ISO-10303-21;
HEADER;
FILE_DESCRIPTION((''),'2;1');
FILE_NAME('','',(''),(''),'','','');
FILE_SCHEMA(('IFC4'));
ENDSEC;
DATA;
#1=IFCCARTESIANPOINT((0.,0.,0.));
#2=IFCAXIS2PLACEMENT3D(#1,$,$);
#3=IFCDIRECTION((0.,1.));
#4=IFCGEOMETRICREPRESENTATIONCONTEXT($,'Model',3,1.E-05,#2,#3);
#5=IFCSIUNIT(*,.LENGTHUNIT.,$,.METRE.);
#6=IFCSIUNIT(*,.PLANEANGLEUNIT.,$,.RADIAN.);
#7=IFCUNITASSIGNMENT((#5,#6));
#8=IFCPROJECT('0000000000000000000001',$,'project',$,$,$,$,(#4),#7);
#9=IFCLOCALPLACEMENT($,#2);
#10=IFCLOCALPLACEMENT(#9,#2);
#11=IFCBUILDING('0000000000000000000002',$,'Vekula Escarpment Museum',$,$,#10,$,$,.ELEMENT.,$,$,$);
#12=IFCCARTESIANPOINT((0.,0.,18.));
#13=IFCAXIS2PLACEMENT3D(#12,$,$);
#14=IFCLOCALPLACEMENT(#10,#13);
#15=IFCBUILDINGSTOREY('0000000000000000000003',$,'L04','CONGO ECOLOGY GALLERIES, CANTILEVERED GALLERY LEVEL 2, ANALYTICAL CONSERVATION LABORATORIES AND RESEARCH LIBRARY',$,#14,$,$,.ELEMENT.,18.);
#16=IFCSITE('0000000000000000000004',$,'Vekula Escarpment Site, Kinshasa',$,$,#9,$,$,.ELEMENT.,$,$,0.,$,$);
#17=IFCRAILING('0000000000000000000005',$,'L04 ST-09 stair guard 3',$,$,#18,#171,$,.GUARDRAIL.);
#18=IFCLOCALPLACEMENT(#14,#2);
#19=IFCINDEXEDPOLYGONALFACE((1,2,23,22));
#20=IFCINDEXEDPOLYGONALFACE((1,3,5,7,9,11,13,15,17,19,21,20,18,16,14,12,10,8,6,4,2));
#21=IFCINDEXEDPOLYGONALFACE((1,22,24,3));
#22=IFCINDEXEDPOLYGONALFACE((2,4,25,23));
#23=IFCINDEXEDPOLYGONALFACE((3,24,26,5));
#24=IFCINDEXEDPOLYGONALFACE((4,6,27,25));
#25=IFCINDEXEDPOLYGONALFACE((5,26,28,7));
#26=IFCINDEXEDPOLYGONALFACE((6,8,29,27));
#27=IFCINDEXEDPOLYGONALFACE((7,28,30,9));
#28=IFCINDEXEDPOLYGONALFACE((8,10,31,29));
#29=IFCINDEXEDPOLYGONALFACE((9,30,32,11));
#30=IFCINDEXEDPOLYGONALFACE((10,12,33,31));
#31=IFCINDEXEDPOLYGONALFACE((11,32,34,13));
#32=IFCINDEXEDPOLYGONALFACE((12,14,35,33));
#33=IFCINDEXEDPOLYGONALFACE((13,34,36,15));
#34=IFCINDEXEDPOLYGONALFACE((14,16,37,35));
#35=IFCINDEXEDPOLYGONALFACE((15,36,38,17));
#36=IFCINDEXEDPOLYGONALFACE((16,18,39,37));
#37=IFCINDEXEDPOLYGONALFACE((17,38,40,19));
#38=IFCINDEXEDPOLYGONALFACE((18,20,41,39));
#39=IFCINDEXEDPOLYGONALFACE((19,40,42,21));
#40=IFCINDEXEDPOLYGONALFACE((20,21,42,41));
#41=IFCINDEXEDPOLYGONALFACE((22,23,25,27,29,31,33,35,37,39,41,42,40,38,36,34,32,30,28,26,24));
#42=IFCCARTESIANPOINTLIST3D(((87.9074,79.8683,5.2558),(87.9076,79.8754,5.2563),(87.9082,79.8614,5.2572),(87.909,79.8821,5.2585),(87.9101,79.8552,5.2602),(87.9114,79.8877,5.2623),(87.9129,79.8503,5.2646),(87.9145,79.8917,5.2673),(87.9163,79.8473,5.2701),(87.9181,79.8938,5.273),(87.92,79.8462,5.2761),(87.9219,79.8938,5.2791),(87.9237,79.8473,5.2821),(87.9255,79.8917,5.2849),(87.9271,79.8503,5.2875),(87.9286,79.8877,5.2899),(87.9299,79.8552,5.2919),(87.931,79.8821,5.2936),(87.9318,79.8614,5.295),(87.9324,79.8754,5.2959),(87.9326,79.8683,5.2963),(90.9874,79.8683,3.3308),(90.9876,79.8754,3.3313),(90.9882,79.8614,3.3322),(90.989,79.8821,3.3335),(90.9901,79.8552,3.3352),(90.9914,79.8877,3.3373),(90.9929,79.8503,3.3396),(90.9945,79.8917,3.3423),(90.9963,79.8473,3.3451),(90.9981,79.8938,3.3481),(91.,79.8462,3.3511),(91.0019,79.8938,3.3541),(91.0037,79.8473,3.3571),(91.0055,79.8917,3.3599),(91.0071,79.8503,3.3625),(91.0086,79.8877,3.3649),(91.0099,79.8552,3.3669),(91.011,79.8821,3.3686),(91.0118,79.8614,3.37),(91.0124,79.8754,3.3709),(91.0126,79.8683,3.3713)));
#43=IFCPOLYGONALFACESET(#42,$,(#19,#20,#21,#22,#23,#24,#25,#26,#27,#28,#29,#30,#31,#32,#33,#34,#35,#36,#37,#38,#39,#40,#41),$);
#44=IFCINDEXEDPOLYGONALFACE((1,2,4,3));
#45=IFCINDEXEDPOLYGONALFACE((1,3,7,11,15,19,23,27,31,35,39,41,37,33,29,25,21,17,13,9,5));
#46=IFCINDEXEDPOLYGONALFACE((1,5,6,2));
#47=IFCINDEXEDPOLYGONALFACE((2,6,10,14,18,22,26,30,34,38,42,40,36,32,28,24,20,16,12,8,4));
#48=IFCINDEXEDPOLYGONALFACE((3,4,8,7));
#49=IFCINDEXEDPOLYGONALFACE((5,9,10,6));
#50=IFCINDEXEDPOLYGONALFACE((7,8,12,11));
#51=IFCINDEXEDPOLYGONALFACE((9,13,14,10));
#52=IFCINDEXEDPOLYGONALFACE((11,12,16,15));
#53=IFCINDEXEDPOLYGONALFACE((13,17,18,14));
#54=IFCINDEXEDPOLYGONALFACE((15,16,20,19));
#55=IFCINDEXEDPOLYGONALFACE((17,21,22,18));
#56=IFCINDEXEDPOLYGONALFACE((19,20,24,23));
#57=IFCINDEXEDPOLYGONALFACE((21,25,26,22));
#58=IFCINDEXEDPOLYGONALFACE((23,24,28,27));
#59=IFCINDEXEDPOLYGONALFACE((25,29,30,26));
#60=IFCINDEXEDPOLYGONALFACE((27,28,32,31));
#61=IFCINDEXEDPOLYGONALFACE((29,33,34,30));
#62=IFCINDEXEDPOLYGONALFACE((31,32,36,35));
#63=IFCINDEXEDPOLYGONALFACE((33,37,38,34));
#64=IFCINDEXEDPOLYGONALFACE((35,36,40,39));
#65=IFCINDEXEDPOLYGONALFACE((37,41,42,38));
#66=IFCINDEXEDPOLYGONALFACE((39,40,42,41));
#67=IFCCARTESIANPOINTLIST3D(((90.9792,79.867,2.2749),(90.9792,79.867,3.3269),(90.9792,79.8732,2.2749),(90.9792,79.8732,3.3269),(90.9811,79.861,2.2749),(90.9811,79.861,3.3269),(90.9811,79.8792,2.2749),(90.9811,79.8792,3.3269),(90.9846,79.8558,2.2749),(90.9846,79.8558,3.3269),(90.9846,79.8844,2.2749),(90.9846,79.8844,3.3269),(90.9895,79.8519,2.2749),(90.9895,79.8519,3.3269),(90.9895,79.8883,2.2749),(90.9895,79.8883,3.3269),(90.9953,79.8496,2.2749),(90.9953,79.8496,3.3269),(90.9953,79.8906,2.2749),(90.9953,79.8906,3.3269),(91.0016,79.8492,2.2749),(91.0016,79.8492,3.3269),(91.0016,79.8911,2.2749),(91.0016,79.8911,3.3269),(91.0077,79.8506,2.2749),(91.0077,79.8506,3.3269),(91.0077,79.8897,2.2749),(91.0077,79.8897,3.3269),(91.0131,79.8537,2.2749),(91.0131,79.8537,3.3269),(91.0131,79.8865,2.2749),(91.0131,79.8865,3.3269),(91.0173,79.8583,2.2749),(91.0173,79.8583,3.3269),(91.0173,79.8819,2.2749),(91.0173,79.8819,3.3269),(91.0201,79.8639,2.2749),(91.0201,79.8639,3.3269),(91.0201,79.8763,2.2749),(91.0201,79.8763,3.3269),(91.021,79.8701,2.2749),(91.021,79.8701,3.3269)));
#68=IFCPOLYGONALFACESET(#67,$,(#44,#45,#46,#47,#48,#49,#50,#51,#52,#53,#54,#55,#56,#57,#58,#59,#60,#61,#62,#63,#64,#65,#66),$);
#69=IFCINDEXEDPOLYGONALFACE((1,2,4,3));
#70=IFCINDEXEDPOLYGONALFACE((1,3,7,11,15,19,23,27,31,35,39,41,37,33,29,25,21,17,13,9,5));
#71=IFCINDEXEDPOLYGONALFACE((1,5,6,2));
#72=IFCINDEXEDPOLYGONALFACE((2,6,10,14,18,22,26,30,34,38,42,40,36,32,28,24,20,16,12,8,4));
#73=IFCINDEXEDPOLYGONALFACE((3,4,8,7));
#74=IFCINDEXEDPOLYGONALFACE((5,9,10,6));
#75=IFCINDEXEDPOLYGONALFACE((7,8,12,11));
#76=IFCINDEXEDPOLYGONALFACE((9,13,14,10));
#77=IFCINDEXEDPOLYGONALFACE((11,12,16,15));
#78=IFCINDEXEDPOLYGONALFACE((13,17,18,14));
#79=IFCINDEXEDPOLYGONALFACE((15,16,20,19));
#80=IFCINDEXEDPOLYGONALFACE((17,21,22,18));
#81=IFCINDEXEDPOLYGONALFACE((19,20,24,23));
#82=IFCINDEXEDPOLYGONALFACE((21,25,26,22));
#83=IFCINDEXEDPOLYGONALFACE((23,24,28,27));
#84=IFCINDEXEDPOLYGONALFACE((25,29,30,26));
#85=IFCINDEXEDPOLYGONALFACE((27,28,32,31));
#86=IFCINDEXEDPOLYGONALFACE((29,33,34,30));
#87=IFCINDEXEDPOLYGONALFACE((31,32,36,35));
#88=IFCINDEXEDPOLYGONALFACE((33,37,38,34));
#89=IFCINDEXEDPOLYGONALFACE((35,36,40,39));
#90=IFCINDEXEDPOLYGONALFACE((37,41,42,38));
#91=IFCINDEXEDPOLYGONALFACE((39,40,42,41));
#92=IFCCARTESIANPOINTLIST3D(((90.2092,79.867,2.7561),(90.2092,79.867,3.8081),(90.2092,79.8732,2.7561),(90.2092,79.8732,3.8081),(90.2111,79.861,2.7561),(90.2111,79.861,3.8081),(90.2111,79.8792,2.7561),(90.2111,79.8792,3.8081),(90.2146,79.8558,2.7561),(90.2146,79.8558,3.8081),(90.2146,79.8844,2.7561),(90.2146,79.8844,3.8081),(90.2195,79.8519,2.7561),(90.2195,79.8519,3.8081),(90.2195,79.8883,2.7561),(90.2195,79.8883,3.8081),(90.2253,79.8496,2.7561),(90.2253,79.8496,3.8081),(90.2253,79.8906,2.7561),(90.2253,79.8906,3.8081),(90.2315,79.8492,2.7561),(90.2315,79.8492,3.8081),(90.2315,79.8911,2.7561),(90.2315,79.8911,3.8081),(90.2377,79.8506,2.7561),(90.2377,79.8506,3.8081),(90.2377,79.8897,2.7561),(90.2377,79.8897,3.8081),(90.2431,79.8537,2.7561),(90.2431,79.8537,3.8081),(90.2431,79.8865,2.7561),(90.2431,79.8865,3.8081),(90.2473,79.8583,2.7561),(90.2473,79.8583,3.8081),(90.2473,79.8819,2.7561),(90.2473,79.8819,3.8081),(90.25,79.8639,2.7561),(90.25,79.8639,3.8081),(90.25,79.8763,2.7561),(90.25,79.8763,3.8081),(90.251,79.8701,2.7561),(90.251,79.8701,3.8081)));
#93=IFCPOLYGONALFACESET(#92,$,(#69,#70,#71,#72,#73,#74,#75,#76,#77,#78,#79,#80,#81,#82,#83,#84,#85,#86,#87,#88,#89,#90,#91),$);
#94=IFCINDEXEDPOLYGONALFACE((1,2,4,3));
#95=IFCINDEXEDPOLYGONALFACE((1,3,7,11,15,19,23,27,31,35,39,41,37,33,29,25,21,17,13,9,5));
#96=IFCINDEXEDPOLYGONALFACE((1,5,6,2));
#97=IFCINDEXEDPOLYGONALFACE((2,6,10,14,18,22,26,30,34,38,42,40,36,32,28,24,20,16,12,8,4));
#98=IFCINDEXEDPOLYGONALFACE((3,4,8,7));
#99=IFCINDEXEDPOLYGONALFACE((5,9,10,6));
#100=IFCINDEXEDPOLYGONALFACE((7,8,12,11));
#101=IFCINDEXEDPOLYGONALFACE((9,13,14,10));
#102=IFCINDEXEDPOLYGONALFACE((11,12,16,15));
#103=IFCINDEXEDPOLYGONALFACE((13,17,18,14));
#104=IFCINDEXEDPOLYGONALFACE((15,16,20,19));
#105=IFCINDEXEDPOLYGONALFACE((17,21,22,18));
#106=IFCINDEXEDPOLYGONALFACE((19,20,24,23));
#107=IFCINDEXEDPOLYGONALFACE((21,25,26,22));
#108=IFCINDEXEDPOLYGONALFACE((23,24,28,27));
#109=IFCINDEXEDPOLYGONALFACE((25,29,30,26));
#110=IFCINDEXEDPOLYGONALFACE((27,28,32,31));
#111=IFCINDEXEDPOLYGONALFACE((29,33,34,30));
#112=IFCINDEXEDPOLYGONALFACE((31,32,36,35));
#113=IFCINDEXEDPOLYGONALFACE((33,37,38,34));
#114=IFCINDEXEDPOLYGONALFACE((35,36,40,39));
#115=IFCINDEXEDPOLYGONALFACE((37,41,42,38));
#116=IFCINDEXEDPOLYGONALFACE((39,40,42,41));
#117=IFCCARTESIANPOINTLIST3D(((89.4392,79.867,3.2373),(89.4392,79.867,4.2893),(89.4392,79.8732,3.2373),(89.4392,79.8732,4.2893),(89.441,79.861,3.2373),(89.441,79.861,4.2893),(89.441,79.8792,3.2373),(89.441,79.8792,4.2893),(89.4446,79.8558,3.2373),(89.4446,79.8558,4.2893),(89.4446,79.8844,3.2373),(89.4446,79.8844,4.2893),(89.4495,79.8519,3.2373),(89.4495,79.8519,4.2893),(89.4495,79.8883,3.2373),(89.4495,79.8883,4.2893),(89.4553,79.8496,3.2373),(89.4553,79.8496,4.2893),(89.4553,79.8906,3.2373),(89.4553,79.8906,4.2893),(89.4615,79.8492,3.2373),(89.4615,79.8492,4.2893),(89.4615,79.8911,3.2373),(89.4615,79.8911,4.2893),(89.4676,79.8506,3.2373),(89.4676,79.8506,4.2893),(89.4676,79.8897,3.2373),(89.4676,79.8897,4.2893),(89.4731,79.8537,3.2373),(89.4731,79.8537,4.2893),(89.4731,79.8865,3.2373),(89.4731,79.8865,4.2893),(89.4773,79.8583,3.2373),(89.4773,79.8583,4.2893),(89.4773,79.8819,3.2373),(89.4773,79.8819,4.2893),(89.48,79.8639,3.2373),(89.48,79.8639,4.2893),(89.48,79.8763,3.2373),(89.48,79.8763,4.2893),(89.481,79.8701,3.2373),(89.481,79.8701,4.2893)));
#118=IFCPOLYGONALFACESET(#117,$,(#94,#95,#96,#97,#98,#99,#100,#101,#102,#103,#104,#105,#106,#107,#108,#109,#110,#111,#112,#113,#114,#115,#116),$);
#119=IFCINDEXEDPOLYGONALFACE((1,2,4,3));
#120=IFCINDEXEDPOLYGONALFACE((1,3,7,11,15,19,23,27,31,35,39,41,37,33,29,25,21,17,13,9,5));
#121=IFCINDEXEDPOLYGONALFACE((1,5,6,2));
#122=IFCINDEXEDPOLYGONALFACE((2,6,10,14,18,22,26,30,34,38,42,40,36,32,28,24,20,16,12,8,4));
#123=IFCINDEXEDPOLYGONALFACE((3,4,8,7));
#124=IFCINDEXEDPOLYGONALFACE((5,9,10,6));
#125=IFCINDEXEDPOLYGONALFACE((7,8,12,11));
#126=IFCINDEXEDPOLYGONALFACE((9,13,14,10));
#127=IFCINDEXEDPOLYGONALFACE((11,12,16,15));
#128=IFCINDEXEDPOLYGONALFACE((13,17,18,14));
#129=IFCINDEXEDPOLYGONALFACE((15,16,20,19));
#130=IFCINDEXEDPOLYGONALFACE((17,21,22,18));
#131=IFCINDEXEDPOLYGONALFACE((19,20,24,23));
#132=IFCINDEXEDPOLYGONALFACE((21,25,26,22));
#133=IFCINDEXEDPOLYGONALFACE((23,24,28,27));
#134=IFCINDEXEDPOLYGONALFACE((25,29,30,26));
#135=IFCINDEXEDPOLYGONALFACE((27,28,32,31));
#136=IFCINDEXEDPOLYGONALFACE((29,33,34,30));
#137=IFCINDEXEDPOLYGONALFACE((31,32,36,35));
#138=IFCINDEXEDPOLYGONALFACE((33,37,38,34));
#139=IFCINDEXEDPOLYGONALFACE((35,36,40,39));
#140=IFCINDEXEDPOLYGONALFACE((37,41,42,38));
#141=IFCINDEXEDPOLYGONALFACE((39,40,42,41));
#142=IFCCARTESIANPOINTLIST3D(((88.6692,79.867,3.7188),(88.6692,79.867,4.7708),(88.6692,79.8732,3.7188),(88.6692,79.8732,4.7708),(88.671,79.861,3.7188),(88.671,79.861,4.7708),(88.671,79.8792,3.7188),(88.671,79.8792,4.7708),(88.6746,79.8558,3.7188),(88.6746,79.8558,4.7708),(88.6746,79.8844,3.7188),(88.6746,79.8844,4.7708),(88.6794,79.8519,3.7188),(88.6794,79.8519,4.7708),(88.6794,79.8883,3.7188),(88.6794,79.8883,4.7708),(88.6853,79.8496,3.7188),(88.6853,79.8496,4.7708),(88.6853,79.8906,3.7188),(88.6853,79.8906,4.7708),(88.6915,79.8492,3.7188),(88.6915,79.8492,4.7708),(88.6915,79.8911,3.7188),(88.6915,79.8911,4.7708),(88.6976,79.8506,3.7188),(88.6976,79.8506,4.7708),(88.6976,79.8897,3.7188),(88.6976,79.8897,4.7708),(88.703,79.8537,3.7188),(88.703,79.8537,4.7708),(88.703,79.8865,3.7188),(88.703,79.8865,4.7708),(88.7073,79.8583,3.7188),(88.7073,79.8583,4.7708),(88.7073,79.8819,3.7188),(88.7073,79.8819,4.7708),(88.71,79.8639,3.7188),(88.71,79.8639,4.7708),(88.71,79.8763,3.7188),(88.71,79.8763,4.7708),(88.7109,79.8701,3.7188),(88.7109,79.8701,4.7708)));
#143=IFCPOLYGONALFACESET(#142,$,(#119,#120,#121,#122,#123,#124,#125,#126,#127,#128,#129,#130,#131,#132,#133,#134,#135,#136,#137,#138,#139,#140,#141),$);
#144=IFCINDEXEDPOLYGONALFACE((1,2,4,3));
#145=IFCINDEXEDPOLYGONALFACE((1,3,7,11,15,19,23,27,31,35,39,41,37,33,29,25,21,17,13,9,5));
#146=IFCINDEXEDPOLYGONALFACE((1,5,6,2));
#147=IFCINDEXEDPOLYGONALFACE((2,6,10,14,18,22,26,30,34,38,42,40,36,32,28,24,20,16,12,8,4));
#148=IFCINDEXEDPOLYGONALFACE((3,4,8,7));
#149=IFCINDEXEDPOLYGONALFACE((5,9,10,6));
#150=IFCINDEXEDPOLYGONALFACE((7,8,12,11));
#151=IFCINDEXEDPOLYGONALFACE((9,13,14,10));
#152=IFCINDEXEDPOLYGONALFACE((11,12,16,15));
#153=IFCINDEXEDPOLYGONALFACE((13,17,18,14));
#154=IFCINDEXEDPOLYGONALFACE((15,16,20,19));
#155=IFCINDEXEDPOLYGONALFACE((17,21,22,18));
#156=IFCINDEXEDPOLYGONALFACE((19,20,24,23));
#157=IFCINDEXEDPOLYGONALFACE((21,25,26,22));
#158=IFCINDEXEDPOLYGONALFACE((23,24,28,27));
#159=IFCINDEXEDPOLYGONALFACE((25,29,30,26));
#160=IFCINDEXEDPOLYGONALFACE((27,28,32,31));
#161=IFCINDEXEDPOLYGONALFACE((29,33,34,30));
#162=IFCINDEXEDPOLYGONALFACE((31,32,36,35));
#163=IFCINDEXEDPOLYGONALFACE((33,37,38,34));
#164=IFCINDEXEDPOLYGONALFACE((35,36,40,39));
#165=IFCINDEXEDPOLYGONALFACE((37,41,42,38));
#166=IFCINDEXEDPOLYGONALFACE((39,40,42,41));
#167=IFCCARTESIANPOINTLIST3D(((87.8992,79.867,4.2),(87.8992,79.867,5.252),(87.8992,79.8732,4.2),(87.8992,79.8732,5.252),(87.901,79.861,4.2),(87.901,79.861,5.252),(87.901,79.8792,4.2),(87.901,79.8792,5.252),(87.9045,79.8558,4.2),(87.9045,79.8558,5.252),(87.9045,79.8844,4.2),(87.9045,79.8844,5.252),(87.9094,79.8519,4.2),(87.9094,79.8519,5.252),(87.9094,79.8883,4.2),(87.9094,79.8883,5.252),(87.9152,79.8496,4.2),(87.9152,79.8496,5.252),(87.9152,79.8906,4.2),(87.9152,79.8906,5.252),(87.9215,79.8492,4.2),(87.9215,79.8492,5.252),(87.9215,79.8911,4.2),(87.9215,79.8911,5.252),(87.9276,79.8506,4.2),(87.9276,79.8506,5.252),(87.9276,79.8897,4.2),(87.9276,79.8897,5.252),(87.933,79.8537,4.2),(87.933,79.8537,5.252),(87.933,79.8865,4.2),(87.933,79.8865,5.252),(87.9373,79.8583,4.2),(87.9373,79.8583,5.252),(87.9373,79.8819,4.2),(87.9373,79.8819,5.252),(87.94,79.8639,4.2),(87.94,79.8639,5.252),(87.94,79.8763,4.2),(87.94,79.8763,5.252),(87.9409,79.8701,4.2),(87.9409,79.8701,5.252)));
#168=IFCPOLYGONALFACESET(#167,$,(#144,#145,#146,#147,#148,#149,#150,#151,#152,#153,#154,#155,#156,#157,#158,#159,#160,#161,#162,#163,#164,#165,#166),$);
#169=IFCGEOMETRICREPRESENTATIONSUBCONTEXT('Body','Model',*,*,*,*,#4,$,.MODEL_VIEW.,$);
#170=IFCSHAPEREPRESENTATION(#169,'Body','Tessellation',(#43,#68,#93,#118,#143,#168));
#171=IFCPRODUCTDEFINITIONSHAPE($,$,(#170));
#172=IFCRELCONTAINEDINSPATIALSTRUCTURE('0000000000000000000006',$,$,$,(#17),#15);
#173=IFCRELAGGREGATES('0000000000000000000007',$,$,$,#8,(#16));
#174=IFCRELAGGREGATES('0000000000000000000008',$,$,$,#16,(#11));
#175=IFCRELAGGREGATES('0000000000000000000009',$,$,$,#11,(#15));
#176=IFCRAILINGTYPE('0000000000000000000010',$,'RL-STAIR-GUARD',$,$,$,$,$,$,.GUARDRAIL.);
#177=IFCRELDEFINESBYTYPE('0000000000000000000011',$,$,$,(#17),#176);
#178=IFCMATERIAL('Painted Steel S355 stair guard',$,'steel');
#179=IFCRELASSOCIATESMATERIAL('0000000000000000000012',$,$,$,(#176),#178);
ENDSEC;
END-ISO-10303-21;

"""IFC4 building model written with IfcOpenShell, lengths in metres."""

from ifc_helpers import new_model, si_unit, direction, frame, origin, origin_2d, place, context, subcontext, project, spatial, circle, extrude, material, type_object, element, save


model = new_model("IFC4")

# Units and contexts
model_context = context("Model", 3, precision=1e-05, world=origin(), true_north=direction((0.0, 1.0)))
body_context = subcontext(model_context, "Body", "Model", "MODEL_VIEW")
ifc_project = project(units=[si_unit("LENGTHUNIT", "METRE"), si_unit("PLANEANGLEUNIT", "RADIAN")], contexts=[model_context])

# Site, building, storey
site_placement = place(None, origin())
site = spatial("IfcSite", under=ifc_project, at=site_placement, Name="Vekula Escarpment Site, Kinshasa", CompositionType="ELEMENT", RefElevation=0.0)
building_placement = place(site_placement, origin())
building = spatial("IfcBuilding", under=site, at=building_placement, Name="Vekula Escarpment Museum", CompositionType="ELEMENT")
storey_placement = place(building_placement, frame((0.0, 0.0, 18.0)))
storey = spatial("IfcBuildingStorey", under=building, at=storey_placement, Name="L04", Description="CONGO ECOLOGY GALLERIES, CANTILEVERED GALLERY LEVEL 2, ANALYTICAL CONSERVATION LABORATORIES AND RESEARCH LIBRARY", CompositionType="ELEMENT", Elevation=18.0)

# Railing
ifc_material_1 = material(Name="Painted Steel S355 stair guard", Category="steel")
railing_type_1 = type_object("IfcRailingType", Name="RL-STAIR-GUARD", PredefinedType="GUARDRAIL", material=ifc_material_1)
railing_1_placement = place(storey_placement, frame((91.0, 79.8701, 2.2749)))
element("IfcRailing", 1, at=railing_1_placement, inside=storey, type_object=railing_type_1, Name="L04 ST-09 stair guard 3", PredefinedType="GUARDRAIL", context=body_context, shape_type="SweptSolid", body=[
    extrude(circle(Radius=0.0239, at=origin_2d()), frame((0.0, 0.0, 1.0762), z_axis=(-0.847998, 0.0, 0.529999), x_axis=(0.0, -1.0, 0.0)), (0.0, 0.0, 1.0), 3.6321),
    extrude(circle(Radius=0.021, at=origin_2d()), origin(), (0.0, 0.0, 1.0), 1.052),
    extrude(circle(Radius=0.021, at=origin_2d()), frame((-0.77, 0.0, 0.4812)), (0.0, 0.0, 1.0), 1.052),
    extrude(circle(Radius=0.021, at=origin_2d()), frame((-1.54, 0.0, 0.9624)), (0.0, 0.0, 1.0), 1.052),
    extrude(circle(Radius=0.021, at=origin_2d()), frame((-2.3101, 0.0, 1.4438)), (0.0, 0.0, 1.0), 1.052),
    extrude(circle(Radius=0.021, at=origin_2d()), frame((-3.0801, 0.0, 1.925)), (0.0, 0.0, 1.0), 1.052),
])

save(model, "model.ifc")
